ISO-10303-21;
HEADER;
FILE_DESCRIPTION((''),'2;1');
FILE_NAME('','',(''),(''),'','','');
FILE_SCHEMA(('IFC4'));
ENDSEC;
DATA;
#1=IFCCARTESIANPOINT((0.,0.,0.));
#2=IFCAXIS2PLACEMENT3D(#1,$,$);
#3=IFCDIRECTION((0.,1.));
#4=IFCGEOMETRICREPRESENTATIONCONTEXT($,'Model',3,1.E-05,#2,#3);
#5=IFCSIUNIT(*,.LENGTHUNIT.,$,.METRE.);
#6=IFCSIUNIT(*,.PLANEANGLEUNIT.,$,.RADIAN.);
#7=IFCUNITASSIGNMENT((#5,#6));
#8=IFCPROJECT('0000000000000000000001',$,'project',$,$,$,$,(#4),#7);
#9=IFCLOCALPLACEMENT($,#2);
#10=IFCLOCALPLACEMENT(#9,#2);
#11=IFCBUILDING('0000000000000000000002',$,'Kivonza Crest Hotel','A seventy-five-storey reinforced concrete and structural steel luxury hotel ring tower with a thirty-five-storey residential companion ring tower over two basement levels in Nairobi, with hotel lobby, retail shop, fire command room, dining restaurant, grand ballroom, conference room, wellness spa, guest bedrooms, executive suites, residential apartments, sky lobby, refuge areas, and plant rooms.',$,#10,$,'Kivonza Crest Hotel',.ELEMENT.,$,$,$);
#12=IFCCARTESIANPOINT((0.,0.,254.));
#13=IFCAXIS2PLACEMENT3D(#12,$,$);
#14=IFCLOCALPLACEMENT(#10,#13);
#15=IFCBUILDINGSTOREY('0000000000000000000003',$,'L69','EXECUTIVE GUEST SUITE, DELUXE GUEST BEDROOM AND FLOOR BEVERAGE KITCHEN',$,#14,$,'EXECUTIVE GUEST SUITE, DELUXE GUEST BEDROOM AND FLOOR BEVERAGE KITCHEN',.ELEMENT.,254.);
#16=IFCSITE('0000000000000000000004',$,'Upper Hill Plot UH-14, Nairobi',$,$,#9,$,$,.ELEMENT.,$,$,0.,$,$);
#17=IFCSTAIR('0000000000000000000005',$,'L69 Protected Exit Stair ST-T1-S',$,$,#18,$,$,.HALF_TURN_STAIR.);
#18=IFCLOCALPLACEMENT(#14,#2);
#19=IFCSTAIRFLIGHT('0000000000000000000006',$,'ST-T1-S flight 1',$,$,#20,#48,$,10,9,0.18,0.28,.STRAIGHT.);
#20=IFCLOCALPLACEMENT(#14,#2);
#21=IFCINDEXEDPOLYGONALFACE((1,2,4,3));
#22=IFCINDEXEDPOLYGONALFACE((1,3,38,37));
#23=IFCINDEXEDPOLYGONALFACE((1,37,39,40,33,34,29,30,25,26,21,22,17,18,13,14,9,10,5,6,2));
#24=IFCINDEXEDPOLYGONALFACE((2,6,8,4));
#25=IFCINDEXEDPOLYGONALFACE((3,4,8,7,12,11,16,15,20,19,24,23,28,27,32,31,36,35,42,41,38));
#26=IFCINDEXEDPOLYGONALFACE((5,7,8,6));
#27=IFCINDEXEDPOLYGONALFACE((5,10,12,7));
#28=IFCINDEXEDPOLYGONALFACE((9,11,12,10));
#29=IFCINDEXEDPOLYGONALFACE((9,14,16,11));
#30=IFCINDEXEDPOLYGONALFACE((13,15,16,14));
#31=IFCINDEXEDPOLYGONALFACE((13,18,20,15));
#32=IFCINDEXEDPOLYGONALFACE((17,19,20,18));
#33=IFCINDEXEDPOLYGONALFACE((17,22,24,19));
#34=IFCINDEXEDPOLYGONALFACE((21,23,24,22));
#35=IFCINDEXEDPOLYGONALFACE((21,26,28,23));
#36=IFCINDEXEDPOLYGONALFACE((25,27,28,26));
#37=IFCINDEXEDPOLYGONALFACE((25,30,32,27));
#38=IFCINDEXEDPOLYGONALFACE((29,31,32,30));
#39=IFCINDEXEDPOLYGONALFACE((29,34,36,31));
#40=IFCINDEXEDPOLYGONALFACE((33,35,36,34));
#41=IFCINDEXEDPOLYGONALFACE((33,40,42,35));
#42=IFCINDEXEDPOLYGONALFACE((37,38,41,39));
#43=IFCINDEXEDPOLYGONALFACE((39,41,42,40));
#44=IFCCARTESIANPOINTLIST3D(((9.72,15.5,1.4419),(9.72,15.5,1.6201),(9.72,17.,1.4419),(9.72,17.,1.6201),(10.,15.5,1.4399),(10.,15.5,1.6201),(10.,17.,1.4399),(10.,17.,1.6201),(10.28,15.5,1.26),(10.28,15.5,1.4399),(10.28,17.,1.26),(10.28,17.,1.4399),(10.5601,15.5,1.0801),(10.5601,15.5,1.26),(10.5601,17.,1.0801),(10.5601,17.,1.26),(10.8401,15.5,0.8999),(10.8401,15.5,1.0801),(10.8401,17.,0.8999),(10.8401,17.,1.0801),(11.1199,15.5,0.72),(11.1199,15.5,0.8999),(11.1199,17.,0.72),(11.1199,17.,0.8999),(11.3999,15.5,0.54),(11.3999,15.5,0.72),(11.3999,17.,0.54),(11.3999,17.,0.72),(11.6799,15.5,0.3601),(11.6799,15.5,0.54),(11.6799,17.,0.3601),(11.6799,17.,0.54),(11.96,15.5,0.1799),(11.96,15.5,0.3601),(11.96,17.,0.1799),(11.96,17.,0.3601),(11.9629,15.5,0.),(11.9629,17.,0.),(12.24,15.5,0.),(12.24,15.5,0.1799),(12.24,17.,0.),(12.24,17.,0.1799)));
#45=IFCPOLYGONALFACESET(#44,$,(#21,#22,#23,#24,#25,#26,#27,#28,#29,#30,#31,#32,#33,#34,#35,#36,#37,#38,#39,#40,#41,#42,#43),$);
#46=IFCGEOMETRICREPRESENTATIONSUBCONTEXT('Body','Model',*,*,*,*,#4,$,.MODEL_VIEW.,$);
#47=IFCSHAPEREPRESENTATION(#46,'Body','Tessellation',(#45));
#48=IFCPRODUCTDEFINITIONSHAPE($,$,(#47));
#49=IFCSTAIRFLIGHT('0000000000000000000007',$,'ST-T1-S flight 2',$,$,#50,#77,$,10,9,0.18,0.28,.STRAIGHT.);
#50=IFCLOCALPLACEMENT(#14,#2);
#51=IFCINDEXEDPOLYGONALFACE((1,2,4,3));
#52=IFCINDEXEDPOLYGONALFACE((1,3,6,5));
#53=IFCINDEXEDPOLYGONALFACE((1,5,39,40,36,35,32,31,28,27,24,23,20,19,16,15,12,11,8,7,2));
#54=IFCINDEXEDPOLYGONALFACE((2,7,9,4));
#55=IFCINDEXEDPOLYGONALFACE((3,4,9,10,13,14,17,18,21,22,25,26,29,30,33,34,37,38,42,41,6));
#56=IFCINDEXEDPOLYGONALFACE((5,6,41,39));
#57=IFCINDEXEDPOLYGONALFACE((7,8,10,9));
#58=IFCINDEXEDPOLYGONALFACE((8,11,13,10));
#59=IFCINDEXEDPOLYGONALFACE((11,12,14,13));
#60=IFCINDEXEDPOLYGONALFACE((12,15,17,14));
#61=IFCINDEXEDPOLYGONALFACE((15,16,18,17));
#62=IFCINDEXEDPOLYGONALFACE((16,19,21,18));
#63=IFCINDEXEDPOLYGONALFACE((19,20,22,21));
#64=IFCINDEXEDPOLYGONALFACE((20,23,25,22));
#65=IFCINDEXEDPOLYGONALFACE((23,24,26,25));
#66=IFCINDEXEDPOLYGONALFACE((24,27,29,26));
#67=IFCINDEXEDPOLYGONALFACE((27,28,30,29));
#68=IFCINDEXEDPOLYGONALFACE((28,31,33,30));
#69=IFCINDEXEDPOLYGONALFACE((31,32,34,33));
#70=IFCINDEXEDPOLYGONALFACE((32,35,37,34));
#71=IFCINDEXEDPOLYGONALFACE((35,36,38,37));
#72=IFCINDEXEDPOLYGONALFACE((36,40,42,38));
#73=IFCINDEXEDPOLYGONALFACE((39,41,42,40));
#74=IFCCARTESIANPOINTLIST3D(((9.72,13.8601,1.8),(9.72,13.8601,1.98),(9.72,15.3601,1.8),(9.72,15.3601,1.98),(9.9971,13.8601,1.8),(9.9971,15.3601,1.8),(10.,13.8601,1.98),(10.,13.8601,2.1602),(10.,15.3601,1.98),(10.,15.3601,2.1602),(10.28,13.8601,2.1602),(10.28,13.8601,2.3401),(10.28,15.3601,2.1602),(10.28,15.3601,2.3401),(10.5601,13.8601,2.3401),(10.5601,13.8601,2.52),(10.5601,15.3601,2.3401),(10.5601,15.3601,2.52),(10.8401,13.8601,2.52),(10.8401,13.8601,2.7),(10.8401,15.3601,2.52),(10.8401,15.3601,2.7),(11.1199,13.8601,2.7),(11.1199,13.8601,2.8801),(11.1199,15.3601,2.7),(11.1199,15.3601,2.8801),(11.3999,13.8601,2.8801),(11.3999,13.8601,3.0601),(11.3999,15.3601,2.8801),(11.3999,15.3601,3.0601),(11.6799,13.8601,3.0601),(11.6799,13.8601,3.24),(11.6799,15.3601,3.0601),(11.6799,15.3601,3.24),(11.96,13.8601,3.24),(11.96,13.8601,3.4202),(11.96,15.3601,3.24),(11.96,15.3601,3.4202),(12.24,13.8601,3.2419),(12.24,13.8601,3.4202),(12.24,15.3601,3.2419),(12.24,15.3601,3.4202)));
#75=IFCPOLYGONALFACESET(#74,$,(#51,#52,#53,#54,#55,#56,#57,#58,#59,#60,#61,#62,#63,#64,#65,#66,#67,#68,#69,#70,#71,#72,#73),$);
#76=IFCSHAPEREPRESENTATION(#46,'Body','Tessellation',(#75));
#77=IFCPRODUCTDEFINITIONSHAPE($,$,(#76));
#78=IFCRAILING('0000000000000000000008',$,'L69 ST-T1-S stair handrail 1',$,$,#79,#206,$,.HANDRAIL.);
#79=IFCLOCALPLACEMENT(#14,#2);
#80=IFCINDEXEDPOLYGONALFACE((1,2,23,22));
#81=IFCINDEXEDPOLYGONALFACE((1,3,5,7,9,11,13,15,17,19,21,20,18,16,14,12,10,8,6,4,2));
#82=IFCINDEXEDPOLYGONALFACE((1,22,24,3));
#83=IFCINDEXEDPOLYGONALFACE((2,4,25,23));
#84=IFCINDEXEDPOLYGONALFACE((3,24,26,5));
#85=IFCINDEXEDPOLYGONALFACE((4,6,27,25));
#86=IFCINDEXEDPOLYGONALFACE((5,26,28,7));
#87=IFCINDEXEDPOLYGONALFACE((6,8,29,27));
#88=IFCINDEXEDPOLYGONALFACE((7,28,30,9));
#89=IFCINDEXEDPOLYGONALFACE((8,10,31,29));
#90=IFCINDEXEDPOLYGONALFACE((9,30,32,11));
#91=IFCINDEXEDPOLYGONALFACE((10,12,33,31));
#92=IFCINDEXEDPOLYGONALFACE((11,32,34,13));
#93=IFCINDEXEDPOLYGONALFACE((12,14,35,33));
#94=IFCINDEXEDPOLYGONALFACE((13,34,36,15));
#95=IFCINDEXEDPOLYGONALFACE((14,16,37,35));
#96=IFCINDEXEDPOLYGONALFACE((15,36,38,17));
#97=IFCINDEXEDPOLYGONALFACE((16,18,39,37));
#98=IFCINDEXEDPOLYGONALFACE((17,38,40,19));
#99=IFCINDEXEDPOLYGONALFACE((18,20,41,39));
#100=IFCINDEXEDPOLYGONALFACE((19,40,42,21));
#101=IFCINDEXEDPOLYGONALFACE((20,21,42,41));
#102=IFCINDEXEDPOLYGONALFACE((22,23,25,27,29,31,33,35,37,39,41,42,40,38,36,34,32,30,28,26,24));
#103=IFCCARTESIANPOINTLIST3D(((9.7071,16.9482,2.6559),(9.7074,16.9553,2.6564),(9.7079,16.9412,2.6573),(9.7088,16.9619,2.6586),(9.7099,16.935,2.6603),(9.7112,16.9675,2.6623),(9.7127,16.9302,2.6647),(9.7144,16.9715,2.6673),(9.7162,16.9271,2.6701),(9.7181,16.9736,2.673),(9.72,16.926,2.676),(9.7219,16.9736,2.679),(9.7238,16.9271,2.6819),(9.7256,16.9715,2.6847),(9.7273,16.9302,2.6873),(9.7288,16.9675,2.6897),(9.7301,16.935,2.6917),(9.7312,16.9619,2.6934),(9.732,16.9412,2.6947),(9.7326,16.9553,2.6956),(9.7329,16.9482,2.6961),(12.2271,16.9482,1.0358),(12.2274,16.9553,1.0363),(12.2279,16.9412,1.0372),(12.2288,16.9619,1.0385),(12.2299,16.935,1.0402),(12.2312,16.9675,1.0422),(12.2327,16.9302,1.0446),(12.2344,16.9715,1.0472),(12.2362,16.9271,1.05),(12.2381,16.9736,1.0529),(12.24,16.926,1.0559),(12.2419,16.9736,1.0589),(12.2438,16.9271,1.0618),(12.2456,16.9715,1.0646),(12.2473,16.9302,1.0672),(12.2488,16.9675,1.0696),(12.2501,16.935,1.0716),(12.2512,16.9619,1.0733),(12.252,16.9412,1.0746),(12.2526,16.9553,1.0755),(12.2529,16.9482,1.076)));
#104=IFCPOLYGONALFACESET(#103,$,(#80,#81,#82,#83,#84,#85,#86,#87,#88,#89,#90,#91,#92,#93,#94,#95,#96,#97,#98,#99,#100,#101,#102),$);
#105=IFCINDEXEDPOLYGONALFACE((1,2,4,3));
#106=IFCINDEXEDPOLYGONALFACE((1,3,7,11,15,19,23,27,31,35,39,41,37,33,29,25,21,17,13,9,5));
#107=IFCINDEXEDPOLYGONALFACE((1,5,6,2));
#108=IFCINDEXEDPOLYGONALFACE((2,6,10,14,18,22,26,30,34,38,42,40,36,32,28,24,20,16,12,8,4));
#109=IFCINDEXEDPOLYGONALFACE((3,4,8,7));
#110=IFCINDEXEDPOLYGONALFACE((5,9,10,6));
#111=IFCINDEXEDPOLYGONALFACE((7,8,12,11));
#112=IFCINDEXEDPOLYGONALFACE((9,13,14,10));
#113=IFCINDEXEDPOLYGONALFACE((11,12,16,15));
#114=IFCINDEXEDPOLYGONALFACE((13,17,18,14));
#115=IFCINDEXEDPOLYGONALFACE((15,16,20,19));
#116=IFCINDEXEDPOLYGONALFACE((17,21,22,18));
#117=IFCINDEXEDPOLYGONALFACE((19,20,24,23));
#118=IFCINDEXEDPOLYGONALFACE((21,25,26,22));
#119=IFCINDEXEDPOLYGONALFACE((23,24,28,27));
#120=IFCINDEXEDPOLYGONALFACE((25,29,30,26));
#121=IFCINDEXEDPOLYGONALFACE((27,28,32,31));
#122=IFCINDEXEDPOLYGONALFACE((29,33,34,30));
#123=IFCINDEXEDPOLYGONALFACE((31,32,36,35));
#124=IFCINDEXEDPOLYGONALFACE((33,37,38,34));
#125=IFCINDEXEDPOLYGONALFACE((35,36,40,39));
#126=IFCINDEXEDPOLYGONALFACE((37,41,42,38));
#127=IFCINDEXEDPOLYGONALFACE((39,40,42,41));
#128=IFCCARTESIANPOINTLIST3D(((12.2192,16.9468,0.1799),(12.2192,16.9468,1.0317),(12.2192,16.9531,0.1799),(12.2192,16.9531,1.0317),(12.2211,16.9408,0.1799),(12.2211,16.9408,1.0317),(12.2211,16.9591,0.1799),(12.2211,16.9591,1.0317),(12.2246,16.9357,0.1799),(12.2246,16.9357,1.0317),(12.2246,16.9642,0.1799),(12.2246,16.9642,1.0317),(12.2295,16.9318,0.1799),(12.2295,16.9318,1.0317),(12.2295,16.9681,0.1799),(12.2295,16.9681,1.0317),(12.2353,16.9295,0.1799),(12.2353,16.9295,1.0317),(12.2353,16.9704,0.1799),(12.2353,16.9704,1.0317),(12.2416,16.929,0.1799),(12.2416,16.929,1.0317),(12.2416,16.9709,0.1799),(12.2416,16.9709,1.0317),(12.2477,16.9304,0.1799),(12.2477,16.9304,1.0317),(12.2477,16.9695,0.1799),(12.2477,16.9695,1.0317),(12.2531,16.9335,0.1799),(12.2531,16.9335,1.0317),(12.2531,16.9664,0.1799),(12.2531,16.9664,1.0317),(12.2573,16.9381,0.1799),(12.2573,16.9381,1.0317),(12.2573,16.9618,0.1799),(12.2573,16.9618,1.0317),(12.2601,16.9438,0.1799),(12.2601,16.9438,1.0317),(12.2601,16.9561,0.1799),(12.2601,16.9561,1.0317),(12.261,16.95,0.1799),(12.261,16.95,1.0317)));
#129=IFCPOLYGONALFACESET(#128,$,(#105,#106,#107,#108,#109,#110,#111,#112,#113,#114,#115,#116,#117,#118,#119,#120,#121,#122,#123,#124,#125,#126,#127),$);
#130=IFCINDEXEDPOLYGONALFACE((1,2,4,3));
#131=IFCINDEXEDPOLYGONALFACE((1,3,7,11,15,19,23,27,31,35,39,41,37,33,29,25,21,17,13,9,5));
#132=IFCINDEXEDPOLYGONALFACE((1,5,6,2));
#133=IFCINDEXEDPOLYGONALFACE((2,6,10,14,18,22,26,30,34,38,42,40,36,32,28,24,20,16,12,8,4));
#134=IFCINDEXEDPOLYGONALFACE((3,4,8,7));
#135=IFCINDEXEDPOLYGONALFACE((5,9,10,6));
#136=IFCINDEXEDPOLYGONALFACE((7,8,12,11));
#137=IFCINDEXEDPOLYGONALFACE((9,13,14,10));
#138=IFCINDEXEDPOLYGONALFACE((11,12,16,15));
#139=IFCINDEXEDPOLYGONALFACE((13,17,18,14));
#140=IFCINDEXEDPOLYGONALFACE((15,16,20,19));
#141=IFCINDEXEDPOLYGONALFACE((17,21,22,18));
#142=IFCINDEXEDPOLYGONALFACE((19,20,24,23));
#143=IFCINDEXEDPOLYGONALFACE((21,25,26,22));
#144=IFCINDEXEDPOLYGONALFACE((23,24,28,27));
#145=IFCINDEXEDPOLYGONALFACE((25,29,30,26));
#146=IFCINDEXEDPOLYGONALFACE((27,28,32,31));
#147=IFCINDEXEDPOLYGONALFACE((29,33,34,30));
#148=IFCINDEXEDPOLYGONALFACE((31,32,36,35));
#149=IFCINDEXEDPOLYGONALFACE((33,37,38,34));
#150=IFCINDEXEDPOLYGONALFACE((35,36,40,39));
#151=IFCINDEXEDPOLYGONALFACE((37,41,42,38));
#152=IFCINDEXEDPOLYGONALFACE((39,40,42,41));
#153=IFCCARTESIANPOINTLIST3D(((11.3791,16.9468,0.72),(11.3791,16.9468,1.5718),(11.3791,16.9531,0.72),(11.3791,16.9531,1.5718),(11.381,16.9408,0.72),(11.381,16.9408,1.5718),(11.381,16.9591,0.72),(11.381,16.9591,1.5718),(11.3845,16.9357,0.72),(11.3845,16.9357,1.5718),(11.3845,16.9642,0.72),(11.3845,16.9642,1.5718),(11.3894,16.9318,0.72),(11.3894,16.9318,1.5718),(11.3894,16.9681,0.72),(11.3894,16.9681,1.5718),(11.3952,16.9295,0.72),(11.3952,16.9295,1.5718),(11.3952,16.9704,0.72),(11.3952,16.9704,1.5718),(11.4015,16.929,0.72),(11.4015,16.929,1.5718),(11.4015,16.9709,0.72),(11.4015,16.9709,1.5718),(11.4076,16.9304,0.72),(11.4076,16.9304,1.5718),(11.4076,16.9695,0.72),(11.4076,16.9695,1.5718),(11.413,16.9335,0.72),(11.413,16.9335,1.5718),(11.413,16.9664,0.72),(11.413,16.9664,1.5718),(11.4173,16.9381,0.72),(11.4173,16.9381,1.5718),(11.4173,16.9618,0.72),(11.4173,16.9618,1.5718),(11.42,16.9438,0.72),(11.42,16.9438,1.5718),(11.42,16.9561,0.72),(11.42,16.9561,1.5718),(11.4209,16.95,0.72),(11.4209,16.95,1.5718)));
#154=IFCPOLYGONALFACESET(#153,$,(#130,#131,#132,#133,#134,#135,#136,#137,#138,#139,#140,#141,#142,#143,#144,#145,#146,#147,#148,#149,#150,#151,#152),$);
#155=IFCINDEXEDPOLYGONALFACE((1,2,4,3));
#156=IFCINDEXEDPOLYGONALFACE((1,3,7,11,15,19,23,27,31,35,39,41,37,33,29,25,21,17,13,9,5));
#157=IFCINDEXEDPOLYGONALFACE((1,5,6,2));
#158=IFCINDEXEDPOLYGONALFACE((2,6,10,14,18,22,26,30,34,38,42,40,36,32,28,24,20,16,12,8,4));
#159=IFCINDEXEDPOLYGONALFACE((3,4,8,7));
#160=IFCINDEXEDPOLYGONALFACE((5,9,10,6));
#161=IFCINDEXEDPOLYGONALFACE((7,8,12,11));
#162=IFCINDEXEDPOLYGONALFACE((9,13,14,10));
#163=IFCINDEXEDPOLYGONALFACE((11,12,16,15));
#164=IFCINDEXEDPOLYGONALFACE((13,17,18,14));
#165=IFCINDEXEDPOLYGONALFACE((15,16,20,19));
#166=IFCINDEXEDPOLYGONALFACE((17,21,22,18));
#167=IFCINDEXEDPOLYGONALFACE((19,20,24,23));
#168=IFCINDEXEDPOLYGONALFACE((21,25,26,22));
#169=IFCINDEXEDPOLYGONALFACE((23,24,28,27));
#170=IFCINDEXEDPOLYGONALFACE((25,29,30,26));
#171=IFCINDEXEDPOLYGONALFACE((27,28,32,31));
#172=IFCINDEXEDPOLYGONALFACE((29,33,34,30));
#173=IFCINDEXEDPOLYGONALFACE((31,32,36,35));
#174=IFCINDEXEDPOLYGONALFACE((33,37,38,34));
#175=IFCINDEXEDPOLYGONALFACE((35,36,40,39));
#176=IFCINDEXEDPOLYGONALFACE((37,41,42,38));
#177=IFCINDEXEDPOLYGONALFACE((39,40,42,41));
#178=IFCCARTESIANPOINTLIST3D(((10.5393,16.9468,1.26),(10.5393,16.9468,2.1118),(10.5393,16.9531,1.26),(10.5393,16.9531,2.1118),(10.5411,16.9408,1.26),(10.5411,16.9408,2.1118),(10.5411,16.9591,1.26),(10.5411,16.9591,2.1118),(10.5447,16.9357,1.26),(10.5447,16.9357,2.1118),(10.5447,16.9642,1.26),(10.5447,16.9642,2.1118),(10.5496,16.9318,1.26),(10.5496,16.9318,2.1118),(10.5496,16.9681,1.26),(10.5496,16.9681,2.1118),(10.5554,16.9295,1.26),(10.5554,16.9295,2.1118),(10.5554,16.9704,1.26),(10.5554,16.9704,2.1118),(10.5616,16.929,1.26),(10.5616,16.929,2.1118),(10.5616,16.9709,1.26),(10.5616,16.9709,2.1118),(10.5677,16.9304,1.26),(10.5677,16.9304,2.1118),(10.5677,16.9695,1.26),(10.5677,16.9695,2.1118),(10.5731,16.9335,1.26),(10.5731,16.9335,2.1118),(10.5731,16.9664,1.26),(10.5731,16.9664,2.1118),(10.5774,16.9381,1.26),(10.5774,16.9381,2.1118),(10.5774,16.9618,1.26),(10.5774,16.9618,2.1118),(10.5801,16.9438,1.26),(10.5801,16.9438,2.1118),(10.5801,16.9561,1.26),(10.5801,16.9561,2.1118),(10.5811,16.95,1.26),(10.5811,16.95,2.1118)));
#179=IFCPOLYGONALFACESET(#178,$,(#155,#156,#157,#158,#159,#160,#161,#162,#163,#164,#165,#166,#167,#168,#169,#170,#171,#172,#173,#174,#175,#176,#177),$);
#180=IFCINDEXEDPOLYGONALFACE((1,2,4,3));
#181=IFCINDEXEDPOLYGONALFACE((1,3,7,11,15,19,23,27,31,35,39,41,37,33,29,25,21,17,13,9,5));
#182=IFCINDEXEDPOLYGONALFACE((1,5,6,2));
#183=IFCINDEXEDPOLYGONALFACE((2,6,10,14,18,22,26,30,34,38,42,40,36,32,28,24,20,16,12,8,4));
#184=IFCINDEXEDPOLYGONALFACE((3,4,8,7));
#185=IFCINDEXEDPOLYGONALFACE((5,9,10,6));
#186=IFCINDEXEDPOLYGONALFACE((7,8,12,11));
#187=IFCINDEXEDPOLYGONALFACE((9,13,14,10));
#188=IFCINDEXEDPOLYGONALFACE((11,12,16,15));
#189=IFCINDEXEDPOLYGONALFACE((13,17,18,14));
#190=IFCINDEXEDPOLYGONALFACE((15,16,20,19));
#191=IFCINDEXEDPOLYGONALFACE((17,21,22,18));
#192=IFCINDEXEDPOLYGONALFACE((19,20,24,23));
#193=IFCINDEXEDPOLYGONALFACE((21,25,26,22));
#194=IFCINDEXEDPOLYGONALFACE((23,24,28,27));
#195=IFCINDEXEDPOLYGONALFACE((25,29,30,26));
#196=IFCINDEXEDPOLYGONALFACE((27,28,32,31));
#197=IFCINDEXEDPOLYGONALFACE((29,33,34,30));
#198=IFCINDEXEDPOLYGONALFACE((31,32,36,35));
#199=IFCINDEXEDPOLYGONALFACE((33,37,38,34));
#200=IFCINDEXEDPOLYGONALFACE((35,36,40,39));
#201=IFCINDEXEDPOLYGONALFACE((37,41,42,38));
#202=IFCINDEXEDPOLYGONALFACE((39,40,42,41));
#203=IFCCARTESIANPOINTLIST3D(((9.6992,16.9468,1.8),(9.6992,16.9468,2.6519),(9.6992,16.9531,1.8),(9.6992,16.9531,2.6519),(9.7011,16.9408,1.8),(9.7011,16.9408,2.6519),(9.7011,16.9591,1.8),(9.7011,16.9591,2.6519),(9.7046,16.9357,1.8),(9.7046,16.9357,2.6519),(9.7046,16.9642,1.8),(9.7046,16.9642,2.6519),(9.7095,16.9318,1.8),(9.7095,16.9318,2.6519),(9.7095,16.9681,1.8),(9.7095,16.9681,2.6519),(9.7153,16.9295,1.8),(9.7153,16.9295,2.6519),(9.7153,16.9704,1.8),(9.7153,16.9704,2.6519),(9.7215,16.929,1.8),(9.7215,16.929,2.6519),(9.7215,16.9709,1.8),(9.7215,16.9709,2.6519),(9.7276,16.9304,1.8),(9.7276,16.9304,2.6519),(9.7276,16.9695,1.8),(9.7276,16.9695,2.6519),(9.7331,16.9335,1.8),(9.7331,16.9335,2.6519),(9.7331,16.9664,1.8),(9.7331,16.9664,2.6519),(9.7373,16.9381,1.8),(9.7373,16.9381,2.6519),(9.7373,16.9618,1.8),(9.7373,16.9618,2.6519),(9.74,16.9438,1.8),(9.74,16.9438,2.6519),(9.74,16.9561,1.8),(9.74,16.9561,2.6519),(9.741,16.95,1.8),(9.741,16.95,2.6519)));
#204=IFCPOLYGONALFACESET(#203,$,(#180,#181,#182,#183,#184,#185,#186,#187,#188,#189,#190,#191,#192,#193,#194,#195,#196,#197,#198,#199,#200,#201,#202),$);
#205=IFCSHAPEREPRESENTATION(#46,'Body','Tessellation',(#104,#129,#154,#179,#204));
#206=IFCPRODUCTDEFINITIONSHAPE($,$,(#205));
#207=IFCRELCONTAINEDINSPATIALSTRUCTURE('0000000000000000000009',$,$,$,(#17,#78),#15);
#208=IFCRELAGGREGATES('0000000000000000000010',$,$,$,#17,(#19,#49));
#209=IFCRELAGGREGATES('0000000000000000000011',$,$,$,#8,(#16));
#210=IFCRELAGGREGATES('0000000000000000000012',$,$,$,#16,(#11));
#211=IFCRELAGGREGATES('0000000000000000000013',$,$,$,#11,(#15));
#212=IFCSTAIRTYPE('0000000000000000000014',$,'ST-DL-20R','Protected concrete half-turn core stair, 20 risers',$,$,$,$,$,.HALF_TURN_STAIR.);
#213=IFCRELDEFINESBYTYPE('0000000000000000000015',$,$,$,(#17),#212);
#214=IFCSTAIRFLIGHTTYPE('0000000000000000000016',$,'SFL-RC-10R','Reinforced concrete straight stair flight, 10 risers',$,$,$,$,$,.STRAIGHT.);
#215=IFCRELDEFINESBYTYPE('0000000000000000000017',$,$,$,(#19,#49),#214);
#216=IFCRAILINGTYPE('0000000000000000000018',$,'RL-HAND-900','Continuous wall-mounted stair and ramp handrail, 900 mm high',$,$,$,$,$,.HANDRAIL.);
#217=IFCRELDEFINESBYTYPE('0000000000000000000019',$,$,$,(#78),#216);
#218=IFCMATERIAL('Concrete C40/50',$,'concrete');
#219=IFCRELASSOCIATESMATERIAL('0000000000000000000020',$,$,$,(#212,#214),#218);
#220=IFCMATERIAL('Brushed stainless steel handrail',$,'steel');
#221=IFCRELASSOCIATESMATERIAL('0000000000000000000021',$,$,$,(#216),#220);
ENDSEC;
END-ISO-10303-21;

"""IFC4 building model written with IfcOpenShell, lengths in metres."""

from ifc_helpers import new_model, si_unit, direction, frame, origin, origin_2d, place, context, subcontext, project, spatial, polyline, circle, outline, extrude, material, type_object, element, aggregate, save


model = new_model("IFC4")

# Units and contexts
model_context = context("Model", 3, precision=1e-05, world=origin(), true_north=direction((0.0, 1.0)))
body_context = subcontext(model_context, "Body", "Model", "MODEL_VIEW")
ifc_project = project(units=[si_unit("LENGTHUNIT", "METRE"), si_unit("PLANEANGLEUNIT", "RADIAN")], contexts=[model_context])

# Site, building, storey
site_placement = place(None, origin())
site = spatial("IfcSite", under=ifc_project, at=site_placement, Name="Upper Hill Plot UH-14, Nairobi", CompositionType="ELEMENT", RefElevation=0.0)
building_placement = place(site_placement, origin())
building = spatial("IfcBuilding", under=site, at=building_placement, Name="Kivonza Crest Hotel", Description="A seventy-five-storey reinforced concrete and structural steel luxury hotel ring tower with a thirty-five-storey residential companion ring tower over two basement levels in Nairobi, with hotel lobby, retail shop, fire command room, dining restaurant, grand ballroom, conference room, wellness spa, guest bedrooms, executive suites, residential apartments, sky lobby, refuge areas, and plant rooms.", LongName="Kivonza Crest Hotel", CompositionType="ELEMENT")
storey_placement = place(building_placement, frame((0.0, 0.0, 254.0)))
storey = spatial("IfcBuildingStorey", under=building, at=storey_placement, Name="L69", Description="EXECUTIVE GUEST SUITE, DELUXE GUEST BEDROOM AND FLOOR BEVERAGE KITCHEN", LongName="EXECUTIVE GUEST SUITE, DELUXE GUEST BEDROOM AND FLOOR BEVERAGE KITCHEN", CompositionType="ELEMENT", Elevation=254.0)

# Stair, stair flights
ifc_material_1 = material(Name="Concrete C40/50", Category="concrete")
stair_type = type_object("IfcStairType", Name="ST-DL-20R", Description="Protected concrete half-turn core stair, 20 risers", PredefinedType="HALF_TURN_STAIR", material=ifc_material_1)
stair_placement = place(storey_placement, origin())
stair = element("IfcStair", 1, at=stair_placement, inside=storey, type_object=stair_type, Name="L69 Protected Exit Stair ST-T1-S", PredefinedType="HALF_TURN_STAIR")
stair_flight_type = type_object("IfcStairFlightType", Name="SFL-RC-10R", Description="Reinforced concrete straight stair flight, 10 risers", PredefinedType="STRAIGHT", material=ifc_material_1)
stair_flight_1_placement = place(storey_placement, frame((12.24, 16.25, 0.0), z_axis=(0.0, 0.0, 1.0), x_axis=(-1.0, 0.0, 0.0)))
stair_flight_1 = element("IfcStairFlight", 2, at=stair_flight_1_placement, type_object=stair_flight_type, Name="ST-T1-S flight 1", NumberOfRisers=10, NumberOfTreads=9, PredefinedType="STRAIGHT", RiserHeight=0.18, TreadLength=0.28, context=body_context, shape_type="SweptSolid", body=[
    extrude(outline(polyline([(0.0, 0.0), (0.0, 0.1799), (0.28, 0.1799), (0.28, 0.3601), (0.5601, 0.3601), (0.5601, 0.54), (0.8401, 0.54), (0.8401, 0.72), (1.1201, 0.72), (1.1201, 0.8999), (1.3999, 0.8999), (1.3999, 1.0801), (1.6799, 1.0801), (1.6799, 1.26), (1.96, 1.26), (1.96, 1.4399), (2.24, 1.4399), (2.24, 1.6201), (2.52, 1.6201), (2.52, 1.8), (2.52, 1.4419), (0.2771, 0.0), (0.0, 0.0)])), frame((0.0, 0.75, 0.0), z_axis=(0.0, -1.0, 0.0), x_axis=(1.0, 0.0, 0.0)), (0.0, 0.0, 1.0), 1.5),
])
stair_flight_2_placement = place(storey_placement, frame((9.72, 14.6101, 1.8), z_axis=(0.0, 0.0, 1.0), x_axis=(1.0, 0.0, 0.0)))
stair_flight_2 = element("IfcStairFlight", 3, at=stair_flight_2_placement, type_object=stair_flight_type, Name="ST-T1-S flight 2", NumberOfRisers=10, NumberOfTreads=9, PredefinedType="STRAIGHT", RiserHeight=0.18, TreadLength=0.28, context=body_context, shape_type="SweptSolid", body=[
    extrude(outline(polyline([(0.0, 0.0), (0.0, 0.1799), (0.28, 0.1799), (0.28, 0.3601), (0.5601, 0.3601), (0.5601, 0.54), (0.8401, 0.54), (0.8401, 0.72), (1.1201, 0.72), (1.1201, 0.8999), (1.3999, 0.8999), (1.3999, 1.0801), (1.6799, 1.0801), (1.6799, 1.26), (1.96, 1.26), (1.96, 1.4399), (2.24, 1.4399), (2.24, 1.6201), (2.52, 1.6201), (2.52, 1.8), (2.52, 1.4419), (0.2771, 0.0), (0.0, 0.0)])), frame((0.0, 0.75, 0.0), z_axis=(0.0, -1.0, 0.0), x_axis=(1.0, 0.0, 0.0)), (0.0, 0.0, 1.0), 1.5),
])
aggregate(stair, [stair_flight_1, stair_flight_2])

# Railing
ifc_material_2 = material(Name="Brushed stainless steel handrail", Category="steel")
railing_type_1 = type_object("IfcRailingType", Name="RL-HAND-900", Description="Continuous wall-mounted stair and ramp handrail, 900 mm high", PredefinedType="HANDRAIL", material=ifc_material_2)
railing_1_placement = place(storey_placement, frame((12.24, 16.95, 0.1799)))
element("IfcRailing", 4, at=railing_1_placement, inside=storey, type_object=railing_type_1, Name="L69 ST-T1-S stair handrail 1", PredefinedType="HANDRAIL", context=body_context, shape_type="SweptSolid", body=[
    extrude(circle(Radius=0.0239, at=origin_2d()), frame((0.0, 0.0, 0.876), z_axis=(-0.841163, 0.0, 0.540782), x_axis=(0.0, -1.0, 0.0)), (0.0, 0.0, 1.0), 2.9958),
    extrude(circle(Radius=0.021, at=origin_2d()), origin(), (0.0, 0.0, 1.0), 0.8518),
    extrude(circle(Radius=0.021, at=origin_2d()), frame((-0.8401, 0.0, 0.54)), (0.0, 0.0, 1.0), 0.8518),
    extrude(circle(Radius=0.021, at=origin_2d()), frame((-1.6799, 0.0, 1.0801)), (0.0, 0.0, 1.0), 0.8518),
    extrude(circle(Radius=0.021, at=origin_2d()), frame((-2.52, 0.0, 1.6201)), (0.0, 0.0, 1.0), 0.8518),
])

save(model, "model.ifc")
